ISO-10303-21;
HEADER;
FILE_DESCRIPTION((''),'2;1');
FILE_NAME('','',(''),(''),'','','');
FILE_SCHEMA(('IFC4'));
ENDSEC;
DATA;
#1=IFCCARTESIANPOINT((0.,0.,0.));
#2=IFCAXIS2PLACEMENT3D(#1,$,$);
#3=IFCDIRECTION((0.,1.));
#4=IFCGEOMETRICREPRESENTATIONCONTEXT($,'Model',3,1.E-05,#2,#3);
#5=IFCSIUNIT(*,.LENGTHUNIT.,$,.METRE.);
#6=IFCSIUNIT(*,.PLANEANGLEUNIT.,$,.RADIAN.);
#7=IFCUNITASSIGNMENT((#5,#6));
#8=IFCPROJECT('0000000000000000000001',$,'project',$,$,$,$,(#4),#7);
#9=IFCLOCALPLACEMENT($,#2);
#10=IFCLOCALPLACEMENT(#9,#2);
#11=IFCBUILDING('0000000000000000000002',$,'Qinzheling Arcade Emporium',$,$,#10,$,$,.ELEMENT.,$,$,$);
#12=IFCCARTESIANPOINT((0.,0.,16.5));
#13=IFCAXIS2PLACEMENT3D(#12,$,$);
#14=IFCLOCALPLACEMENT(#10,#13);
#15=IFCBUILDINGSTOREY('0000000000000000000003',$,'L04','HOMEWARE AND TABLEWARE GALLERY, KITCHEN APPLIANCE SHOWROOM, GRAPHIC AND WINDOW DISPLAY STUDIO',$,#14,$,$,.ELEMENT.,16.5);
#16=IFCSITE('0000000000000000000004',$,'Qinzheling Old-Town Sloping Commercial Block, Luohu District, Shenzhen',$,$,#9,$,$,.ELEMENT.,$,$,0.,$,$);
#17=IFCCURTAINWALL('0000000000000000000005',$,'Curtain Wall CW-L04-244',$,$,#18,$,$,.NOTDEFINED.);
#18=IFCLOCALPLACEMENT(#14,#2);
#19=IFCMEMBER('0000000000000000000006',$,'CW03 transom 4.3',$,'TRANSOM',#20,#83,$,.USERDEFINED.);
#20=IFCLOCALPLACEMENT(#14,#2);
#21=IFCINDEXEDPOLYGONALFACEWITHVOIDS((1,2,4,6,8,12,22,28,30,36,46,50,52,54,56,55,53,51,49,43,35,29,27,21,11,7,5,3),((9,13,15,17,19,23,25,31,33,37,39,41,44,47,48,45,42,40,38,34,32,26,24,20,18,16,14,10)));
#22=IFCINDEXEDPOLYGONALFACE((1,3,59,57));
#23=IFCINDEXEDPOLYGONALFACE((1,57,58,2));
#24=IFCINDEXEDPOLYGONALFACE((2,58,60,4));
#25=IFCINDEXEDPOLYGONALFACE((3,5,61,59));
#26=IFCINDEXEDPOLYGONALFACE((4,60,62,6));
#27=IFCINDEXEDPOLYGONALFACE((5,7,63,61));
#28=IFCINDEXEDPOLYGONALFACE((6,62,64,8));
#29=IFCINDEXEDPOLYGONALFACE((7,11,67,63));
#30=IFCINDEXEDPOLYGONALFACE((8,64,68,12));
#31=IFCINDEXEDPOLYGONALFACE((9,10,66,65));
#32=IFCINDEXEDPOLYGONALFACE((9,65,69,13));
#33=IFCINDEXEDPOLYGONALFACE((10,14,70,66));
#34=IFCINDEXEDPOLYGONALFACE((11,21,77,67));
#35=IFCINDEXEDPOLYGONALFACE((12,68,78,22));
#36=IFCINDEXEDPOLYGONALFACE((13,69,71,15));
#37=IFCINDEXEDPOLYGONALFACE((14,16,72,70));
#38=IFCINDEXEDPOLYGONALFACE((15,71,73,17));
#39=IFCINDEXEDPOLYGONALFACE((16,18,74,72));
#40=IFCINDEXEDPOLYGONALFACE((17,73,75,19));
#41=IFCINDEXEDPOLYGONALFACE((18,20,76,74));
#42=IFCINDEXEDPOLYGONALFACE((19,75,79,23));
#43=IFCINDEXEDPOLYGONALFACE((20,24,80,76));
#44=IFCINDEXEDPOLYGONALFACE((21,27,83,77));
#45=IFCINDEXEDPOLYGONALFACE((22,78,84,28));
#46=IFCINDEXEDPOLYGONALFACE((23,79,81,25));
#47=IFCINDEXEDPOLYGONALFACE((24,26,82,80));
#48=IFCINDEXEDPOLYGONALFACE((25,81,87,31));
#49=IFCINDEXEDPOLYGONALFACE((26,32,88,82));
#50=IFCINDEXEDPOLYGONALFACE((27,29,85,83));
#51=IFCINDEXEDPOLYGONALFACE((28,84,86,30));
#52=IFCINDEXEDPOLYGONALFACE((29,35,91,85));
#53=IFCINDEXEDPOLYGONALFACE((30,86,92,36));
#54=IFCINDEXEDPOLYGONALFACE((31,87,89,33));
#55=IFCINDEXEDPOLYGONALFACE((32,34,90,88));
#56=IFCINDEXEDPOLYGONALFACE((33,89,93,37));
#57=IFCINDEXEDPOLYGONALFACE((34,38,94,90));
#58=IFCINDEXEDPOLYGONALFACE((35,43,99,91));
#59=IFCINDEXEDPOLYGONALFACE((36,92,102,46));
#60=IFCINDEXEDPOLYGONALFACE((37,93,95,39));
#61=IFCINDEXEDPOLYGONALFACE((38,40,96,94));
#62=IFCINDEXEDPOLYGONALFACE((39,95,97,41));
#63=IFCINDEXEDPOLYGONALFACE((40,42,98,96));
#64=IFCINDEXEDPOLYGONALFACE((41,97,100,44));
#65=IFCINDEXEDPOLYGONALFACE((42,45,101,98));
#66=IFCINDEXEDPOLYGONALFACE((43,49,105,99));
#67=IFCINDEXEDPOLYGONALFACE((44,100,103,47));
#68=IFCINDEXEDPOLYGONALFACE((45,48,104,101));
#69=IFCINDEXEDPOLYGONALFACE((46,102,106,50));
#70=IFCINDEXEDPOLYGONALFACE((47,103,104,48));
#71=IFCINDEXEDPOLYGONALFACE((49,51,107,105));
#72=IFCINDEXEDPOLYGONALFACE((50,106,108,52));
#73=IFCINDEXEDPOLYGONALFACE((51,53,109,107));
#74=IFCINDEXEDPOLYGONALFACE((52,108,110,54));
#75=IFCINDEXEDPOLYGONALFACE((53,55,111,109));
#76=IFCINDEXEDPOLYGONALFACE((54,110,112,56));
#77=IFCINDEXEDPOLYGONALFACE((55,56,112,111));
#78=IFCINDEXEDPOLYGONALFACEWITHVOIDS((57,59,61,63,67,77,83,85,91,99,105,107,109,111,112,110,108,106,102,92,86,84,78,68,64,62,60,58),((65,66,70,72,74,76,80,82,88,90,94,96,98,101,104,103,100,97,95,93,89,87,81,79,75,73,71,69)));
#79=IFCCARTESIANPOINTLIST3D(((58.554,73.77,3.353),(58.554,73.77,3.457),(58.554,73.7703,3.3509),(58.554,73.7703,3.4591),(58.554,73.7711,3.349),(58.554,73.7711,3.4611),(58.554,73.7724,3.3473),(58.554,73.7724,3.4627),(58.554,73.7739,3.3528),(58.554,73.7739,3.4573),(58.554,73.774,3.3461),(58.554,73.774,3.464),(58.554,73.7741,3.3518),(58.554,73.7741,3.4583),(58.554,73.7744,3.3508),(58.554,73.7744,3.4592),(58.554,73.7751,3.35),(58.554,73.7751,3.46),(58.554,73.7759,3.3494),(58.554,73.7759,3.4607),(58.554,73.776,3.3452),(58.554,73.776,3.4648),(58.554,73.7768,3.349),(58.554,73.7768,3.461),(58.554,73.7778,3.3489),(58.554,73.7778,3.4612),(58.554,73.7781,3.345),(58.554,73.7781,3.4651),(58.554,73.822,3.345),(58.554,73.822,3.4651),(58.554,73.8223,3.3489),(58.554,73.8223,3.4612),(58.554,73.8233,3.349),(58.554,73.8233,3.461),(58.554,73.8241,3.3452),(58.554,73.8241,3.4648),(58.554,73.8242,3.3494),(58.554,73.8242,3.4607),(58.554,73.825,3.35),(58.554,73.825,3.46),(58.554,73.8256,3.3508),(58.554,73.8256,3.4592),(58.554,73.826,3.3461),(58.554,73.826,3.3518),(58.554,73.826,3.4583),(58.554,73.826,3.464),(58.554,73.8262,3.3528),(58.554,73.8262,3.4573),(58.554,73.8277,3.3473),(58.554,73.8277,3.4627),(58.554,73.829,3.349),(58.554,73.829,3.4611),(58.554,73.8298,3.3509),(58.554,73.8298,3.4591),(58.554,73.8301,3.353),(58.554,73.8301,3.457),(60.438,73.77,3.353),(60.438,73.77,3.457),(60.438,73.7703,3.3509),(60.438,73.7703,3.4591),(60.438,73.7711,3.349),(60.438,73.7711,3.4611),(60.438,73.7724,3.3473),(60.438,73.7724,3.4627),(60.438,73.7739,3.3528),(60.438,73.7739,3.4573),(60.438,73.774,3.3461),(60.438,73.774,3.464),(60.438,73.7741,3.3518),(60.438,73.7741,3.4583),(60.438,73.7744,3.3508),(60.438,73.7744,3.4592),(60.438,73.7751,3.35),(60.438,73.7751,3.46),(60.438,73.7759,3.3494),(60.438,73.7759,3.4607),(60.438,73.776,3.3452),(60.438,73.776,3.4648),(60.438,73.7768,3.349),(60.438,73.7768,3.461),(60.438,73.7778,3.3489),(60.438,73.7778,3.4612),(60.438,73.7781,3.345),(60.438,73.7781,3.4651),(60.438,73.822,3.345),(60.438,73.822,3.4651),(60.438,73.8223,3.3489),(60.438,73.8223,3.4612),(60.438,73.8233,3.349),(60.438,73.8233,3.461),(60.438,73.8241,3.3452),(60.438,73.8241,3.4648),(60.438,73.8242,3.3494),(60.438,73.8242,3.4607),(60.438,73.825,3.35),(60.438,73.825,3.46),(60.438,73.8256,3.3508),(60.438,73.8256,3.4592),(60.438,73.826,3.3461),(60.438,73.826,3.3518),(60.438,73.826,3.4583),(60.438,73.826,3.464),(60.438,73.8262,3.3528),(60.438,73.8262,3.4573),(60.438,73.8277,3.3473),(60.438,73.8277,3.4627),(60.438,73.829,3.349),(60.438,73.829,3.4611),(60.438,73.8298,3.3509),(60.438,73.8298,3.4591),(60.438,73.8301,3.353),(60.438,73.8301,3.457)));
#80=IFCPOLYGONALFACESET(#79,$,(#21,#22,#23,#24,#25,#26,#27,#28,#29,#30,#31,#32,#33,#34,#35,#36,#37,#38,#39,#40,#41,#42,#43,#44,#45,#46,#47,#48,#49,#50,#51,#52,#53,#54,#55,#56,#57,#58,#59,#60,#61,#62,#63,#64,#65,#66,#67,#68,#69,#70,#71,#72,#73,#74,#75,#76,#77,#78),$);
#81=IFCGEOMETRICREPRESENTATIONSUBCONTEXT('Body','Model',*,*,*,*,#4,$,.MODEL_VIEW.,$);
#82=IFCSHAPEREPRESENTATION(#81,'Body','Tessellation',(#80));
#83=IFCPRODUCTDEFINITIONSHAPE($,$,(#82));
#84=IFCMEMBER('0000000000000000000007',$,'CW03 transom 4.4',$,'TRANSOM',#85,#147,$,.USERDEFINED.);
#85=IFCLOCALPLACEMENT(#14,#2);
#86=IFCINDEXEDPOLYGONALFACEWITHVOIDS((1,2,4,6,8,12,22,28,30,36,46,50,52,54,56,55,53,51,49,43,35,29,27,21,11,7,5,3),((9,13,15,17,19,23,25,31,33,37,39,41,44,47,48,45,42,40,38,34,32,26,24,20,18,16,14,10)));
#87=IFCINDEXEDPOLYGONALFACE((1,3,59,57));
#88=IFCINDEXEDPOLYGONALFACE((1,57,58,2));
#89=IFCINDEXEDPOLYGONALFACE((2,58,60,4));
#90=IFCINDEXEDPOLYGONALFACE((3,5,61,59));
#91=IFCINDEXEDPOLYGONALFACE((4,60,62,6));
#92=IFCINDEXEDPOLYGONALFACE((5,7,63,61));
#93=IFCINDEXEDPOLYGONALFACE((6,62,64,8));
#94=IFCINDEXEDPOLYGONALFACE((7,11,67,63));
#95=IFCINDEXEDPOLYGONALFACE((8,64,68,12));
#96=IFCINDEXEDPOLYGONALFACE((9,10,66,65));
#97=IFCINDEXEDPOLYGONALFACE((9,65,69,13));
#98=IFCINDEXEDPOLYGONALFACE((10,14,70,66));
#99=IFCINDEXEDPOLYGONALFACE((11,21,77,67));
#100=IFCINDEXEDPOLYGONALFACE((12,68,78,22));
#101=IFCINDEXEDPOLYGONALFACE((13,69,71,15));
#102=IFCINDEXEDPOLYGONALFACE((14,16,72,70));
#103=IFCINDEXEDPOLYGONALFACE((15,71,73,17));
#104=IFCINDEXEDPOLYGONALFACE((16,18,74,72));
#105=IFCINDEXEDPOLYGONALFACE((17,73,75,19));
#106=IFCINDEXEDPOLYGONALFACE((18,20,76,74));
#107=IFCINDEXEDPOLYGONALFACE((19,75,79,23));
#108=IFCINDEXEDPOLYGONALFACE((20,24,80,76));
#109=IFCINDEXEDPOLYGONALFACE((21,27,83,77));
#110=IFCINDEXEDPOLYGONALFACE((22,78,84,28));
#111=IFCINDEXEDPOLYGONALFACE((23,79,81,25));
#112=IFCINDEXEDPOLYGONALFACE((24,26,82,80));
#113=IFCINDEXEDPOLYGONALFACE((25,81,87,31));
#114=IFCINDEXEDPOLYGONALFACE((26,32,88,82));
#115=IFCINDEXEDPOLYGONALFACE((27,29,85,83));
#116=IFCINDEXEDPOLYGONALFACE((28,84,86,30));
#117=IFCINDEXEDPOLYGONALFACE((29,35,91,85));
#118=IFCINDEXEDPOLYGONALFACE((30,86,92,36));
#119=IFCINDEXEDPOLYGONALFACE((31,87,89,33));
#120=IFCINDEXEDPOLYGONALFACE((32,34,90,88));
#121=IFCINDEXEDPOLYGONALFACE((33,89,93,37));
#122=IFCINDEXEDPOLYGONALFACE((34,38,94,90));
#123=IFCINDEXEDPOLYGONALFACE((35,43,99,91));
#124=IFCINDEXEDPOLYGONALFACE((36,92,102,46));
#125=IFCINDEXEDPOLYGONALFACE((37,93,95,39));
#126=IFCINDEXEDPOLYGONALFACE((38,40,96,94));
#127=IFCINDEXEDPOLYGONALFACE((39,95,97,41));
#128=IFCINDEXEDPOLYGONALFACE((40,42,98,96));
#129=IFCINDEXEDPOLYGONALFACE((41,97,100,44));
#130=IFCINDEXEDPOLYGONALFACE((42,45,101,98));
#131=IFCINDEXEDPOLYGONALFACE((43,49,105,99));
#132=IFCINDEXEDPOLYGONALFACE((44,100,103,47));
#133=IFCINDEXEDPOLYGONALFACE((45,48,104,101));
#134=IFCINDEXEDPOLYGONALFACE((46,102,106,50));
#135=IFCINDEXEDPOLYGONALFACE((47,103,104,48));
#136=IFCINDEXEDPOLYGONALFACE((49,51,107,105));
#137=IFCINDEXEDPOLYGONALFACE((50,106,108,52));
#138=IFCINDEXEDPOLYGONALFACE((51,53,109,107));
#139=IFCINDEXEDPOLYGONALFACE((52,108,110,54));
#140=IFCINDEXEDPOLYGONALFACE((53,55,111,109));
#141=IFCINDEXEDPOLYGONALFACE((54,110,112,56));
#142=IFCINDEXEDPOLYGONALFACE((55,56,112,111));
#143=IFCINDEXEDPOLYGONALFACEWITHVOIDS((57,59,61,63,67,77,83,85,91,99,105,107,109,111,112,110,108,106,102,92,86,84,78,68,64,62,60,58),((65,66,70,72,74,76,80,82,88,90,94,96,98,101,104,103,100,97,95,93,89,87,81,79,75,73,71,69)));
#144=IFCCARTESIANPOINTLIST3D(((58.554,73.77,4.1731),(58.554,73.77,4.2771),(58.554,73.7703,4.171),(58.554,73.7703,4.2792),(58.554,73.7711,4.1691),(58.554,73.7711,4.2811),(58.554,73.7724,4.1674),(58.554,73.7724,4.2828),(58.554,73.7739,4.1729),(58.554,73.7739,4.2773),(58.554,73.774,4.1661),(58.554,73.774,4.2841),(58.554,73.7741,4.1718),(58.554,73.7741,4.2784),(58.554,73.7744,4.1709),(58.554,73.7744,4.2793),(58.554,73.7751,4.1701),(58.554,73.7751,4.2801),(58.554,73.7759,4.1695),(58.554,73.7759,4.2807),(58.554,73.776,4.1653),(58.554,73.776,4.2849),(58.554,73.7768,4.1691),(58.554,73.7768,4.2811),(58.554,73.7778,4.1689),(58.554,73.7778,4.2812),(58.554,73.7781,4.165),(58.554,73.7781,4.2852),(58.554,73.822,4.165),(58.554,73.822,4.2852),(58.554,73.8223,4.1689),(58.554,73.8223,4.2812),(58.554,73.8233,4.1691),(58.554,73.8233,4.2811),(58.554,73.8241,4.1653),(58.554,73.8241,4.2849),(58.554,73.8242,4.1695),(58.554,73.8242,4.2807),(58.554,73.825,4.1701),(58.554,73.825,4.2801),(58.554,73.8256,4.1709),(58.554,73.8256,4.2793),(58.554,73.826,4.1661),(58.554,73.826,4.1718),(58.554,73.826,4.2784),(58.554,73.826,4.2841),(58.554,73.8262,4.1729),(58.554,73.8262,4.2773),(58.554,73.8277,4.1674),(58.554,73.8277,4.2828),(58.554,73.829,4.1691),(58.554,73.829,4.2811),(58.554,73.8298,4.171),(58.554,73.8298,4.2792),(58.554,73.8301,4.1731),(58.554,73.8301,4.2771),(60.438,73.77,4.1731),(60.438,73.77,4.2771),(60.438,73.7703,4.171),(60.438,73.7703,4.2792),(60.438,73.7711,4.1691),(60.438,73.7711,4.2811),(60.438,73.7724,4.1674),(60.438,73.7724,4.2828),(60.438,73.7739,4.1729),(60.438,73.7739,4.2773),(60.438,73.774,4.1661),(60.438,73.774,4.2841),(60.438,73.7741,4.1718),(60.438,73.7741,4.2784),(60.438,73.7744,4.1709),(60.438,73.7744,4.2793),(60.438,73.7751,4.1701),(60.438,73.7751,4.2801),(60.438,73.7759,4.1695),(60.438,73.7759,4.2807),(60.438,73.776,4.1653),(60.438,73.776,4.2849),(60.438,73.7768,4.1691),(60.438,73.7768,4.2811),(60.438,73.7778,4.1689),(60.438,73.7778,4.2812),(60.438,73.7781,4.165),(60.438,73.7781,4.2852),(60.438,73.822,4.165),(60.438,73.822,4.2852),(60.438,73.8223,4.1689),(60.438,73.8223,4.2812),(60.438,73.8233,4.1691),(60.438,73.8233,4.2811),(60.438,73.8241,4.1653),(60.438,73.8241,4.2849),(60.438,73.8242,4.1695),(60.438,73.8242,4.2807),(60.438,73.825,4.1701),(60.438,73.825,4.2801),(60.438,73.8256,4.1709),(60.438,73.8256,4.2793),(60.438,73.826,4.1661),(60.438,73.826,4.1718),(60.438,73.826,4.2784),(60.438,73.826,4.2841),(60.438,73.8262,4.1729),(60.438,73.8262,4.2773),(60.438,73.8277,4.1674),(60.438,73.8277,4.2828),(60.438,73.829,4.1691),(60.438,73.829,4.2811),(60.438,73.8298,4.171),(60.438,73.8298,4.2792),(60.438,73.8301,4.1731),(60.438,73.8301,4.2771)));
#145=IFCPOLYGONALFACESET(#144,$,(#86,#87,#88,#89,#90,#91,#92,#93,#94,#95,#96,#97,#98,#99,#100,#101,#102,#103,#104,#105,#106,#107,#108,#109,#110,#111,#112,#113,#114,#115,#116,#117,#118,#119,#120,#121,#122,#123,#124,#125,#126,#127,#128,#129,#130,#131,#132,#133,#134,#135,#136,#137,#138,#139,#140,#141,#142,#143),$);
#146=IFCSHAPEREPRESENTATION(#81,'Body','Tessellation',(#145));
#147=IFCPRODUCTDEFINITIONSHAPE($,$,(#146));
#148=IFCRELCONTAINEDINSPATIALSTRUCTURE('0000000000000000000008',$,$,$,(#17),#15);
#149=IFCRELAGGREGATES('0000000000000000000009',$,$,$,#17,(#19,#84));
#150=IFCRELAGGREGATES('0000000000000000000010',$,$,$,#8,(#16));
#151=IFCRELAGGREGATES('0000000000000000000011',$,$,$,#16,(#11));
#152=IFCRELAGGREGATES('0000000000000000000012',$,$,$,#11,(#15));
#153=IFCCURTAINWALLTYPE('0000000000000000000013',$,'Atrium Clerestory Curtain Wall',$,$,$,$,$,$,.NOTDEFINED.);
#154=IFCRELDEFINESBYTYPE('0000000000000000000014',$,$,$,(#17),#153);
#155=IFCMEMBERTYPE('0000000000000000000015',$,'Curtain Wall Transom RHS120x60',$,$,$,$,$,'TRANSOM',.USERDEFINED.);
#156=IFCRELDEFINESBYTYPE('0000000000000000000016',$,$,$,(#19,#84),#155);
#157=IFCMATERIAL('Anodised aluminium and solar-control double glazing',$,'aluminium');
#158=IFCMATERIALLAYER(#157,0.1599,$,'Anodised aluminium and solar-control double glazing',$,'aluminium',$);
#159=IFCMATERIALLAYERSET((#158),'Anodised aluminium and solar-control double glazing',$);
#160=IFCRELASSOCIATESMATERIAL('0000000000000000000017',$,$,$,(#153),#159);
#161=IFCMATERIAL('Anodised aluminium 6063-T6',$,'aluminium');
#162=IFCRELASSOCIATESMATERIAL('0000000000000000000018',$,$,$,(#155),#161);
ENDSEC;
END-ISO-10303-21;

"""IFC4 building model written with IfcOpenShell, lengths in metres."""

from ifc_helpers import new_model, si_unit, direction, frame, origin, origin_2d, place, context, subcontext, project, spatial, hollow_rectangle, extrude, material, layer, layer_set, material_profile, profile_set, type_object, element, aggregate, save


model = new_model("IFC4")

# Units and contexts
model_context = context("Model", 3, precision=1e-05, world=origin(), true_north=direction((0.0, 1.0)))
body_context = subcontext(model_context, "Body", "Model", "MODEL_VIEW")
ifc_project = project(units=[si_unit("LENGTHUNIT", "METRE"), si_unit("PLANEANGLEUNIT", "RADIAN")], contexts=[model_context])

# Site, building, storey
site_placement = place(None, origin())
site = spatial("IfcSite", under=ifc_project, at=site_placement, Name="Qinzheling Old-Town Sloping Commercial Block, Luohu District, Shenzhen", CompositionType="ELEMENT", RefElevation=0.0)
building_placement = place(site_placement, origin())
building = spatial("IfcBuilding", under=site, at=building_placement, Name="Qinzheling Arcade Emporium", CompositionType="ELEMENT")
storey_placement = place(building_placement, frame((0.0, 0.0, 16.5)))
storey = spatial("IfcBuildingStorey", under=building, at=storey_placement, Name="L04", Description="HOMEWARE AND TABLEWARE GALLERY, KITCHEN APPLIANCE SHOWROOM, GRAPHIC AND WINDOW DISPLAY STUDIO", CompositionType="ELEMENT", Elevation=16.5)

# Curtain wall
ifc_material_1 = material(Name="Anodised aluminium and solar-control double glazing", Category="aluminium")
ifc_layer_1 = layer(ifc_material_1, 0.1599, Name="Anodised aluminium and solar-control double glazing", Category="aluminium")
ifc_layer_set_1 = layer_set([ifc_layer_1], Name="Anodised aluminium and solar-control double glazing")
curtain_wall_type = type_object("IfcCurtainWallType", Name="Atrium Clerestory Curtain Wall", PredefinedType="NOTDEFINED", material=ifc_layer_set_1)
curtain_wall_1_placement = place(storey_placement, origin())
curtain_wall_1 = element("IfcCurtainWall", 1, at=curtain_wall_1_placement, inside=storey, type_object=curtain_wall_type, Name="Curtain Wall CW-L04-244", PredefinedType="NOTDEFINED")
ifc_material_2 = material(Name="Anodised aluminium 6063-T6", Category="aluminium")

# Members
ifc_material_profile_1 = material_profile(ifc_material_2, hollow_rectangle(XDim=0.0601, YDim=0.1201, WallThickness=0.0039, InnerFilletRadius=0.0039, OuterFilletRadius=0.0081, at=origin_2d()), Name="RHS 120x60x4", Category="aluminium")
ifc_profile_set_1 = profile_set([ifc_material_profile_1], Name="Anodised aluminium 6063-T6")
member_type_1 = type_object("IfcMemberType", Name="Curtain Wall Transom RHS120x60", ElementType="TRANSOM", PredefinedType="USERDEFINED", material=ifc_profile_set_1)
member_1_placement = place(storey_placement, frame((58.554, 73.8, 3.405), z_axis=(1.0, 0.0, 0.0), x_axis=(0.0, 1.0, 0.0)))
member_1 = element("IfcMember", 2, at=member_1_placement, type_object=member_type_1, Name="CW03 transom 4.3", ObjectType="TRANSOM", PredefinedType="USERDEFINED", context=body_context, shape_type="SweptSolid", body=[
    extrude(hollow_rectangle(XDim=0.0601, YDim=0.1201, WallThickness=0.0039, InnerFilletRadius=0.0039, OuterFilletRadius=0.0081, at=origin_2d()), origin(), (0.0, 0.0, 1.0), 1.884),
])
member_2_placement = place(storey_placement, frame((58.554, 73.8, 4.2251), z_axis=(1.0, 0.0, 0.0), x_axis=(0.0, 1.0, 0.0)))
member_2 = element("IfcMember", 3, at=member_2_placement, type_object=member_type_1, Name="CW03 transom 4.4", ObjectType="TRANSOM", PredefinedType="USERDEFINED", context=body_context, shape_type="SweptSolid", body=[
    extrude(hollow_rectangle(XDim=0.0601, YDim=0.1201, WallThickness=0.0039, InnerFilletRadius=0.0039, OuterFilletRadius=0.0081, at=origin_2d()), origin(), (0.0, 0.0, 1.0), 1.884),
])

aggregate(curtain_wall_1, [member_1, member_2])

save(model, "model.ifc")
